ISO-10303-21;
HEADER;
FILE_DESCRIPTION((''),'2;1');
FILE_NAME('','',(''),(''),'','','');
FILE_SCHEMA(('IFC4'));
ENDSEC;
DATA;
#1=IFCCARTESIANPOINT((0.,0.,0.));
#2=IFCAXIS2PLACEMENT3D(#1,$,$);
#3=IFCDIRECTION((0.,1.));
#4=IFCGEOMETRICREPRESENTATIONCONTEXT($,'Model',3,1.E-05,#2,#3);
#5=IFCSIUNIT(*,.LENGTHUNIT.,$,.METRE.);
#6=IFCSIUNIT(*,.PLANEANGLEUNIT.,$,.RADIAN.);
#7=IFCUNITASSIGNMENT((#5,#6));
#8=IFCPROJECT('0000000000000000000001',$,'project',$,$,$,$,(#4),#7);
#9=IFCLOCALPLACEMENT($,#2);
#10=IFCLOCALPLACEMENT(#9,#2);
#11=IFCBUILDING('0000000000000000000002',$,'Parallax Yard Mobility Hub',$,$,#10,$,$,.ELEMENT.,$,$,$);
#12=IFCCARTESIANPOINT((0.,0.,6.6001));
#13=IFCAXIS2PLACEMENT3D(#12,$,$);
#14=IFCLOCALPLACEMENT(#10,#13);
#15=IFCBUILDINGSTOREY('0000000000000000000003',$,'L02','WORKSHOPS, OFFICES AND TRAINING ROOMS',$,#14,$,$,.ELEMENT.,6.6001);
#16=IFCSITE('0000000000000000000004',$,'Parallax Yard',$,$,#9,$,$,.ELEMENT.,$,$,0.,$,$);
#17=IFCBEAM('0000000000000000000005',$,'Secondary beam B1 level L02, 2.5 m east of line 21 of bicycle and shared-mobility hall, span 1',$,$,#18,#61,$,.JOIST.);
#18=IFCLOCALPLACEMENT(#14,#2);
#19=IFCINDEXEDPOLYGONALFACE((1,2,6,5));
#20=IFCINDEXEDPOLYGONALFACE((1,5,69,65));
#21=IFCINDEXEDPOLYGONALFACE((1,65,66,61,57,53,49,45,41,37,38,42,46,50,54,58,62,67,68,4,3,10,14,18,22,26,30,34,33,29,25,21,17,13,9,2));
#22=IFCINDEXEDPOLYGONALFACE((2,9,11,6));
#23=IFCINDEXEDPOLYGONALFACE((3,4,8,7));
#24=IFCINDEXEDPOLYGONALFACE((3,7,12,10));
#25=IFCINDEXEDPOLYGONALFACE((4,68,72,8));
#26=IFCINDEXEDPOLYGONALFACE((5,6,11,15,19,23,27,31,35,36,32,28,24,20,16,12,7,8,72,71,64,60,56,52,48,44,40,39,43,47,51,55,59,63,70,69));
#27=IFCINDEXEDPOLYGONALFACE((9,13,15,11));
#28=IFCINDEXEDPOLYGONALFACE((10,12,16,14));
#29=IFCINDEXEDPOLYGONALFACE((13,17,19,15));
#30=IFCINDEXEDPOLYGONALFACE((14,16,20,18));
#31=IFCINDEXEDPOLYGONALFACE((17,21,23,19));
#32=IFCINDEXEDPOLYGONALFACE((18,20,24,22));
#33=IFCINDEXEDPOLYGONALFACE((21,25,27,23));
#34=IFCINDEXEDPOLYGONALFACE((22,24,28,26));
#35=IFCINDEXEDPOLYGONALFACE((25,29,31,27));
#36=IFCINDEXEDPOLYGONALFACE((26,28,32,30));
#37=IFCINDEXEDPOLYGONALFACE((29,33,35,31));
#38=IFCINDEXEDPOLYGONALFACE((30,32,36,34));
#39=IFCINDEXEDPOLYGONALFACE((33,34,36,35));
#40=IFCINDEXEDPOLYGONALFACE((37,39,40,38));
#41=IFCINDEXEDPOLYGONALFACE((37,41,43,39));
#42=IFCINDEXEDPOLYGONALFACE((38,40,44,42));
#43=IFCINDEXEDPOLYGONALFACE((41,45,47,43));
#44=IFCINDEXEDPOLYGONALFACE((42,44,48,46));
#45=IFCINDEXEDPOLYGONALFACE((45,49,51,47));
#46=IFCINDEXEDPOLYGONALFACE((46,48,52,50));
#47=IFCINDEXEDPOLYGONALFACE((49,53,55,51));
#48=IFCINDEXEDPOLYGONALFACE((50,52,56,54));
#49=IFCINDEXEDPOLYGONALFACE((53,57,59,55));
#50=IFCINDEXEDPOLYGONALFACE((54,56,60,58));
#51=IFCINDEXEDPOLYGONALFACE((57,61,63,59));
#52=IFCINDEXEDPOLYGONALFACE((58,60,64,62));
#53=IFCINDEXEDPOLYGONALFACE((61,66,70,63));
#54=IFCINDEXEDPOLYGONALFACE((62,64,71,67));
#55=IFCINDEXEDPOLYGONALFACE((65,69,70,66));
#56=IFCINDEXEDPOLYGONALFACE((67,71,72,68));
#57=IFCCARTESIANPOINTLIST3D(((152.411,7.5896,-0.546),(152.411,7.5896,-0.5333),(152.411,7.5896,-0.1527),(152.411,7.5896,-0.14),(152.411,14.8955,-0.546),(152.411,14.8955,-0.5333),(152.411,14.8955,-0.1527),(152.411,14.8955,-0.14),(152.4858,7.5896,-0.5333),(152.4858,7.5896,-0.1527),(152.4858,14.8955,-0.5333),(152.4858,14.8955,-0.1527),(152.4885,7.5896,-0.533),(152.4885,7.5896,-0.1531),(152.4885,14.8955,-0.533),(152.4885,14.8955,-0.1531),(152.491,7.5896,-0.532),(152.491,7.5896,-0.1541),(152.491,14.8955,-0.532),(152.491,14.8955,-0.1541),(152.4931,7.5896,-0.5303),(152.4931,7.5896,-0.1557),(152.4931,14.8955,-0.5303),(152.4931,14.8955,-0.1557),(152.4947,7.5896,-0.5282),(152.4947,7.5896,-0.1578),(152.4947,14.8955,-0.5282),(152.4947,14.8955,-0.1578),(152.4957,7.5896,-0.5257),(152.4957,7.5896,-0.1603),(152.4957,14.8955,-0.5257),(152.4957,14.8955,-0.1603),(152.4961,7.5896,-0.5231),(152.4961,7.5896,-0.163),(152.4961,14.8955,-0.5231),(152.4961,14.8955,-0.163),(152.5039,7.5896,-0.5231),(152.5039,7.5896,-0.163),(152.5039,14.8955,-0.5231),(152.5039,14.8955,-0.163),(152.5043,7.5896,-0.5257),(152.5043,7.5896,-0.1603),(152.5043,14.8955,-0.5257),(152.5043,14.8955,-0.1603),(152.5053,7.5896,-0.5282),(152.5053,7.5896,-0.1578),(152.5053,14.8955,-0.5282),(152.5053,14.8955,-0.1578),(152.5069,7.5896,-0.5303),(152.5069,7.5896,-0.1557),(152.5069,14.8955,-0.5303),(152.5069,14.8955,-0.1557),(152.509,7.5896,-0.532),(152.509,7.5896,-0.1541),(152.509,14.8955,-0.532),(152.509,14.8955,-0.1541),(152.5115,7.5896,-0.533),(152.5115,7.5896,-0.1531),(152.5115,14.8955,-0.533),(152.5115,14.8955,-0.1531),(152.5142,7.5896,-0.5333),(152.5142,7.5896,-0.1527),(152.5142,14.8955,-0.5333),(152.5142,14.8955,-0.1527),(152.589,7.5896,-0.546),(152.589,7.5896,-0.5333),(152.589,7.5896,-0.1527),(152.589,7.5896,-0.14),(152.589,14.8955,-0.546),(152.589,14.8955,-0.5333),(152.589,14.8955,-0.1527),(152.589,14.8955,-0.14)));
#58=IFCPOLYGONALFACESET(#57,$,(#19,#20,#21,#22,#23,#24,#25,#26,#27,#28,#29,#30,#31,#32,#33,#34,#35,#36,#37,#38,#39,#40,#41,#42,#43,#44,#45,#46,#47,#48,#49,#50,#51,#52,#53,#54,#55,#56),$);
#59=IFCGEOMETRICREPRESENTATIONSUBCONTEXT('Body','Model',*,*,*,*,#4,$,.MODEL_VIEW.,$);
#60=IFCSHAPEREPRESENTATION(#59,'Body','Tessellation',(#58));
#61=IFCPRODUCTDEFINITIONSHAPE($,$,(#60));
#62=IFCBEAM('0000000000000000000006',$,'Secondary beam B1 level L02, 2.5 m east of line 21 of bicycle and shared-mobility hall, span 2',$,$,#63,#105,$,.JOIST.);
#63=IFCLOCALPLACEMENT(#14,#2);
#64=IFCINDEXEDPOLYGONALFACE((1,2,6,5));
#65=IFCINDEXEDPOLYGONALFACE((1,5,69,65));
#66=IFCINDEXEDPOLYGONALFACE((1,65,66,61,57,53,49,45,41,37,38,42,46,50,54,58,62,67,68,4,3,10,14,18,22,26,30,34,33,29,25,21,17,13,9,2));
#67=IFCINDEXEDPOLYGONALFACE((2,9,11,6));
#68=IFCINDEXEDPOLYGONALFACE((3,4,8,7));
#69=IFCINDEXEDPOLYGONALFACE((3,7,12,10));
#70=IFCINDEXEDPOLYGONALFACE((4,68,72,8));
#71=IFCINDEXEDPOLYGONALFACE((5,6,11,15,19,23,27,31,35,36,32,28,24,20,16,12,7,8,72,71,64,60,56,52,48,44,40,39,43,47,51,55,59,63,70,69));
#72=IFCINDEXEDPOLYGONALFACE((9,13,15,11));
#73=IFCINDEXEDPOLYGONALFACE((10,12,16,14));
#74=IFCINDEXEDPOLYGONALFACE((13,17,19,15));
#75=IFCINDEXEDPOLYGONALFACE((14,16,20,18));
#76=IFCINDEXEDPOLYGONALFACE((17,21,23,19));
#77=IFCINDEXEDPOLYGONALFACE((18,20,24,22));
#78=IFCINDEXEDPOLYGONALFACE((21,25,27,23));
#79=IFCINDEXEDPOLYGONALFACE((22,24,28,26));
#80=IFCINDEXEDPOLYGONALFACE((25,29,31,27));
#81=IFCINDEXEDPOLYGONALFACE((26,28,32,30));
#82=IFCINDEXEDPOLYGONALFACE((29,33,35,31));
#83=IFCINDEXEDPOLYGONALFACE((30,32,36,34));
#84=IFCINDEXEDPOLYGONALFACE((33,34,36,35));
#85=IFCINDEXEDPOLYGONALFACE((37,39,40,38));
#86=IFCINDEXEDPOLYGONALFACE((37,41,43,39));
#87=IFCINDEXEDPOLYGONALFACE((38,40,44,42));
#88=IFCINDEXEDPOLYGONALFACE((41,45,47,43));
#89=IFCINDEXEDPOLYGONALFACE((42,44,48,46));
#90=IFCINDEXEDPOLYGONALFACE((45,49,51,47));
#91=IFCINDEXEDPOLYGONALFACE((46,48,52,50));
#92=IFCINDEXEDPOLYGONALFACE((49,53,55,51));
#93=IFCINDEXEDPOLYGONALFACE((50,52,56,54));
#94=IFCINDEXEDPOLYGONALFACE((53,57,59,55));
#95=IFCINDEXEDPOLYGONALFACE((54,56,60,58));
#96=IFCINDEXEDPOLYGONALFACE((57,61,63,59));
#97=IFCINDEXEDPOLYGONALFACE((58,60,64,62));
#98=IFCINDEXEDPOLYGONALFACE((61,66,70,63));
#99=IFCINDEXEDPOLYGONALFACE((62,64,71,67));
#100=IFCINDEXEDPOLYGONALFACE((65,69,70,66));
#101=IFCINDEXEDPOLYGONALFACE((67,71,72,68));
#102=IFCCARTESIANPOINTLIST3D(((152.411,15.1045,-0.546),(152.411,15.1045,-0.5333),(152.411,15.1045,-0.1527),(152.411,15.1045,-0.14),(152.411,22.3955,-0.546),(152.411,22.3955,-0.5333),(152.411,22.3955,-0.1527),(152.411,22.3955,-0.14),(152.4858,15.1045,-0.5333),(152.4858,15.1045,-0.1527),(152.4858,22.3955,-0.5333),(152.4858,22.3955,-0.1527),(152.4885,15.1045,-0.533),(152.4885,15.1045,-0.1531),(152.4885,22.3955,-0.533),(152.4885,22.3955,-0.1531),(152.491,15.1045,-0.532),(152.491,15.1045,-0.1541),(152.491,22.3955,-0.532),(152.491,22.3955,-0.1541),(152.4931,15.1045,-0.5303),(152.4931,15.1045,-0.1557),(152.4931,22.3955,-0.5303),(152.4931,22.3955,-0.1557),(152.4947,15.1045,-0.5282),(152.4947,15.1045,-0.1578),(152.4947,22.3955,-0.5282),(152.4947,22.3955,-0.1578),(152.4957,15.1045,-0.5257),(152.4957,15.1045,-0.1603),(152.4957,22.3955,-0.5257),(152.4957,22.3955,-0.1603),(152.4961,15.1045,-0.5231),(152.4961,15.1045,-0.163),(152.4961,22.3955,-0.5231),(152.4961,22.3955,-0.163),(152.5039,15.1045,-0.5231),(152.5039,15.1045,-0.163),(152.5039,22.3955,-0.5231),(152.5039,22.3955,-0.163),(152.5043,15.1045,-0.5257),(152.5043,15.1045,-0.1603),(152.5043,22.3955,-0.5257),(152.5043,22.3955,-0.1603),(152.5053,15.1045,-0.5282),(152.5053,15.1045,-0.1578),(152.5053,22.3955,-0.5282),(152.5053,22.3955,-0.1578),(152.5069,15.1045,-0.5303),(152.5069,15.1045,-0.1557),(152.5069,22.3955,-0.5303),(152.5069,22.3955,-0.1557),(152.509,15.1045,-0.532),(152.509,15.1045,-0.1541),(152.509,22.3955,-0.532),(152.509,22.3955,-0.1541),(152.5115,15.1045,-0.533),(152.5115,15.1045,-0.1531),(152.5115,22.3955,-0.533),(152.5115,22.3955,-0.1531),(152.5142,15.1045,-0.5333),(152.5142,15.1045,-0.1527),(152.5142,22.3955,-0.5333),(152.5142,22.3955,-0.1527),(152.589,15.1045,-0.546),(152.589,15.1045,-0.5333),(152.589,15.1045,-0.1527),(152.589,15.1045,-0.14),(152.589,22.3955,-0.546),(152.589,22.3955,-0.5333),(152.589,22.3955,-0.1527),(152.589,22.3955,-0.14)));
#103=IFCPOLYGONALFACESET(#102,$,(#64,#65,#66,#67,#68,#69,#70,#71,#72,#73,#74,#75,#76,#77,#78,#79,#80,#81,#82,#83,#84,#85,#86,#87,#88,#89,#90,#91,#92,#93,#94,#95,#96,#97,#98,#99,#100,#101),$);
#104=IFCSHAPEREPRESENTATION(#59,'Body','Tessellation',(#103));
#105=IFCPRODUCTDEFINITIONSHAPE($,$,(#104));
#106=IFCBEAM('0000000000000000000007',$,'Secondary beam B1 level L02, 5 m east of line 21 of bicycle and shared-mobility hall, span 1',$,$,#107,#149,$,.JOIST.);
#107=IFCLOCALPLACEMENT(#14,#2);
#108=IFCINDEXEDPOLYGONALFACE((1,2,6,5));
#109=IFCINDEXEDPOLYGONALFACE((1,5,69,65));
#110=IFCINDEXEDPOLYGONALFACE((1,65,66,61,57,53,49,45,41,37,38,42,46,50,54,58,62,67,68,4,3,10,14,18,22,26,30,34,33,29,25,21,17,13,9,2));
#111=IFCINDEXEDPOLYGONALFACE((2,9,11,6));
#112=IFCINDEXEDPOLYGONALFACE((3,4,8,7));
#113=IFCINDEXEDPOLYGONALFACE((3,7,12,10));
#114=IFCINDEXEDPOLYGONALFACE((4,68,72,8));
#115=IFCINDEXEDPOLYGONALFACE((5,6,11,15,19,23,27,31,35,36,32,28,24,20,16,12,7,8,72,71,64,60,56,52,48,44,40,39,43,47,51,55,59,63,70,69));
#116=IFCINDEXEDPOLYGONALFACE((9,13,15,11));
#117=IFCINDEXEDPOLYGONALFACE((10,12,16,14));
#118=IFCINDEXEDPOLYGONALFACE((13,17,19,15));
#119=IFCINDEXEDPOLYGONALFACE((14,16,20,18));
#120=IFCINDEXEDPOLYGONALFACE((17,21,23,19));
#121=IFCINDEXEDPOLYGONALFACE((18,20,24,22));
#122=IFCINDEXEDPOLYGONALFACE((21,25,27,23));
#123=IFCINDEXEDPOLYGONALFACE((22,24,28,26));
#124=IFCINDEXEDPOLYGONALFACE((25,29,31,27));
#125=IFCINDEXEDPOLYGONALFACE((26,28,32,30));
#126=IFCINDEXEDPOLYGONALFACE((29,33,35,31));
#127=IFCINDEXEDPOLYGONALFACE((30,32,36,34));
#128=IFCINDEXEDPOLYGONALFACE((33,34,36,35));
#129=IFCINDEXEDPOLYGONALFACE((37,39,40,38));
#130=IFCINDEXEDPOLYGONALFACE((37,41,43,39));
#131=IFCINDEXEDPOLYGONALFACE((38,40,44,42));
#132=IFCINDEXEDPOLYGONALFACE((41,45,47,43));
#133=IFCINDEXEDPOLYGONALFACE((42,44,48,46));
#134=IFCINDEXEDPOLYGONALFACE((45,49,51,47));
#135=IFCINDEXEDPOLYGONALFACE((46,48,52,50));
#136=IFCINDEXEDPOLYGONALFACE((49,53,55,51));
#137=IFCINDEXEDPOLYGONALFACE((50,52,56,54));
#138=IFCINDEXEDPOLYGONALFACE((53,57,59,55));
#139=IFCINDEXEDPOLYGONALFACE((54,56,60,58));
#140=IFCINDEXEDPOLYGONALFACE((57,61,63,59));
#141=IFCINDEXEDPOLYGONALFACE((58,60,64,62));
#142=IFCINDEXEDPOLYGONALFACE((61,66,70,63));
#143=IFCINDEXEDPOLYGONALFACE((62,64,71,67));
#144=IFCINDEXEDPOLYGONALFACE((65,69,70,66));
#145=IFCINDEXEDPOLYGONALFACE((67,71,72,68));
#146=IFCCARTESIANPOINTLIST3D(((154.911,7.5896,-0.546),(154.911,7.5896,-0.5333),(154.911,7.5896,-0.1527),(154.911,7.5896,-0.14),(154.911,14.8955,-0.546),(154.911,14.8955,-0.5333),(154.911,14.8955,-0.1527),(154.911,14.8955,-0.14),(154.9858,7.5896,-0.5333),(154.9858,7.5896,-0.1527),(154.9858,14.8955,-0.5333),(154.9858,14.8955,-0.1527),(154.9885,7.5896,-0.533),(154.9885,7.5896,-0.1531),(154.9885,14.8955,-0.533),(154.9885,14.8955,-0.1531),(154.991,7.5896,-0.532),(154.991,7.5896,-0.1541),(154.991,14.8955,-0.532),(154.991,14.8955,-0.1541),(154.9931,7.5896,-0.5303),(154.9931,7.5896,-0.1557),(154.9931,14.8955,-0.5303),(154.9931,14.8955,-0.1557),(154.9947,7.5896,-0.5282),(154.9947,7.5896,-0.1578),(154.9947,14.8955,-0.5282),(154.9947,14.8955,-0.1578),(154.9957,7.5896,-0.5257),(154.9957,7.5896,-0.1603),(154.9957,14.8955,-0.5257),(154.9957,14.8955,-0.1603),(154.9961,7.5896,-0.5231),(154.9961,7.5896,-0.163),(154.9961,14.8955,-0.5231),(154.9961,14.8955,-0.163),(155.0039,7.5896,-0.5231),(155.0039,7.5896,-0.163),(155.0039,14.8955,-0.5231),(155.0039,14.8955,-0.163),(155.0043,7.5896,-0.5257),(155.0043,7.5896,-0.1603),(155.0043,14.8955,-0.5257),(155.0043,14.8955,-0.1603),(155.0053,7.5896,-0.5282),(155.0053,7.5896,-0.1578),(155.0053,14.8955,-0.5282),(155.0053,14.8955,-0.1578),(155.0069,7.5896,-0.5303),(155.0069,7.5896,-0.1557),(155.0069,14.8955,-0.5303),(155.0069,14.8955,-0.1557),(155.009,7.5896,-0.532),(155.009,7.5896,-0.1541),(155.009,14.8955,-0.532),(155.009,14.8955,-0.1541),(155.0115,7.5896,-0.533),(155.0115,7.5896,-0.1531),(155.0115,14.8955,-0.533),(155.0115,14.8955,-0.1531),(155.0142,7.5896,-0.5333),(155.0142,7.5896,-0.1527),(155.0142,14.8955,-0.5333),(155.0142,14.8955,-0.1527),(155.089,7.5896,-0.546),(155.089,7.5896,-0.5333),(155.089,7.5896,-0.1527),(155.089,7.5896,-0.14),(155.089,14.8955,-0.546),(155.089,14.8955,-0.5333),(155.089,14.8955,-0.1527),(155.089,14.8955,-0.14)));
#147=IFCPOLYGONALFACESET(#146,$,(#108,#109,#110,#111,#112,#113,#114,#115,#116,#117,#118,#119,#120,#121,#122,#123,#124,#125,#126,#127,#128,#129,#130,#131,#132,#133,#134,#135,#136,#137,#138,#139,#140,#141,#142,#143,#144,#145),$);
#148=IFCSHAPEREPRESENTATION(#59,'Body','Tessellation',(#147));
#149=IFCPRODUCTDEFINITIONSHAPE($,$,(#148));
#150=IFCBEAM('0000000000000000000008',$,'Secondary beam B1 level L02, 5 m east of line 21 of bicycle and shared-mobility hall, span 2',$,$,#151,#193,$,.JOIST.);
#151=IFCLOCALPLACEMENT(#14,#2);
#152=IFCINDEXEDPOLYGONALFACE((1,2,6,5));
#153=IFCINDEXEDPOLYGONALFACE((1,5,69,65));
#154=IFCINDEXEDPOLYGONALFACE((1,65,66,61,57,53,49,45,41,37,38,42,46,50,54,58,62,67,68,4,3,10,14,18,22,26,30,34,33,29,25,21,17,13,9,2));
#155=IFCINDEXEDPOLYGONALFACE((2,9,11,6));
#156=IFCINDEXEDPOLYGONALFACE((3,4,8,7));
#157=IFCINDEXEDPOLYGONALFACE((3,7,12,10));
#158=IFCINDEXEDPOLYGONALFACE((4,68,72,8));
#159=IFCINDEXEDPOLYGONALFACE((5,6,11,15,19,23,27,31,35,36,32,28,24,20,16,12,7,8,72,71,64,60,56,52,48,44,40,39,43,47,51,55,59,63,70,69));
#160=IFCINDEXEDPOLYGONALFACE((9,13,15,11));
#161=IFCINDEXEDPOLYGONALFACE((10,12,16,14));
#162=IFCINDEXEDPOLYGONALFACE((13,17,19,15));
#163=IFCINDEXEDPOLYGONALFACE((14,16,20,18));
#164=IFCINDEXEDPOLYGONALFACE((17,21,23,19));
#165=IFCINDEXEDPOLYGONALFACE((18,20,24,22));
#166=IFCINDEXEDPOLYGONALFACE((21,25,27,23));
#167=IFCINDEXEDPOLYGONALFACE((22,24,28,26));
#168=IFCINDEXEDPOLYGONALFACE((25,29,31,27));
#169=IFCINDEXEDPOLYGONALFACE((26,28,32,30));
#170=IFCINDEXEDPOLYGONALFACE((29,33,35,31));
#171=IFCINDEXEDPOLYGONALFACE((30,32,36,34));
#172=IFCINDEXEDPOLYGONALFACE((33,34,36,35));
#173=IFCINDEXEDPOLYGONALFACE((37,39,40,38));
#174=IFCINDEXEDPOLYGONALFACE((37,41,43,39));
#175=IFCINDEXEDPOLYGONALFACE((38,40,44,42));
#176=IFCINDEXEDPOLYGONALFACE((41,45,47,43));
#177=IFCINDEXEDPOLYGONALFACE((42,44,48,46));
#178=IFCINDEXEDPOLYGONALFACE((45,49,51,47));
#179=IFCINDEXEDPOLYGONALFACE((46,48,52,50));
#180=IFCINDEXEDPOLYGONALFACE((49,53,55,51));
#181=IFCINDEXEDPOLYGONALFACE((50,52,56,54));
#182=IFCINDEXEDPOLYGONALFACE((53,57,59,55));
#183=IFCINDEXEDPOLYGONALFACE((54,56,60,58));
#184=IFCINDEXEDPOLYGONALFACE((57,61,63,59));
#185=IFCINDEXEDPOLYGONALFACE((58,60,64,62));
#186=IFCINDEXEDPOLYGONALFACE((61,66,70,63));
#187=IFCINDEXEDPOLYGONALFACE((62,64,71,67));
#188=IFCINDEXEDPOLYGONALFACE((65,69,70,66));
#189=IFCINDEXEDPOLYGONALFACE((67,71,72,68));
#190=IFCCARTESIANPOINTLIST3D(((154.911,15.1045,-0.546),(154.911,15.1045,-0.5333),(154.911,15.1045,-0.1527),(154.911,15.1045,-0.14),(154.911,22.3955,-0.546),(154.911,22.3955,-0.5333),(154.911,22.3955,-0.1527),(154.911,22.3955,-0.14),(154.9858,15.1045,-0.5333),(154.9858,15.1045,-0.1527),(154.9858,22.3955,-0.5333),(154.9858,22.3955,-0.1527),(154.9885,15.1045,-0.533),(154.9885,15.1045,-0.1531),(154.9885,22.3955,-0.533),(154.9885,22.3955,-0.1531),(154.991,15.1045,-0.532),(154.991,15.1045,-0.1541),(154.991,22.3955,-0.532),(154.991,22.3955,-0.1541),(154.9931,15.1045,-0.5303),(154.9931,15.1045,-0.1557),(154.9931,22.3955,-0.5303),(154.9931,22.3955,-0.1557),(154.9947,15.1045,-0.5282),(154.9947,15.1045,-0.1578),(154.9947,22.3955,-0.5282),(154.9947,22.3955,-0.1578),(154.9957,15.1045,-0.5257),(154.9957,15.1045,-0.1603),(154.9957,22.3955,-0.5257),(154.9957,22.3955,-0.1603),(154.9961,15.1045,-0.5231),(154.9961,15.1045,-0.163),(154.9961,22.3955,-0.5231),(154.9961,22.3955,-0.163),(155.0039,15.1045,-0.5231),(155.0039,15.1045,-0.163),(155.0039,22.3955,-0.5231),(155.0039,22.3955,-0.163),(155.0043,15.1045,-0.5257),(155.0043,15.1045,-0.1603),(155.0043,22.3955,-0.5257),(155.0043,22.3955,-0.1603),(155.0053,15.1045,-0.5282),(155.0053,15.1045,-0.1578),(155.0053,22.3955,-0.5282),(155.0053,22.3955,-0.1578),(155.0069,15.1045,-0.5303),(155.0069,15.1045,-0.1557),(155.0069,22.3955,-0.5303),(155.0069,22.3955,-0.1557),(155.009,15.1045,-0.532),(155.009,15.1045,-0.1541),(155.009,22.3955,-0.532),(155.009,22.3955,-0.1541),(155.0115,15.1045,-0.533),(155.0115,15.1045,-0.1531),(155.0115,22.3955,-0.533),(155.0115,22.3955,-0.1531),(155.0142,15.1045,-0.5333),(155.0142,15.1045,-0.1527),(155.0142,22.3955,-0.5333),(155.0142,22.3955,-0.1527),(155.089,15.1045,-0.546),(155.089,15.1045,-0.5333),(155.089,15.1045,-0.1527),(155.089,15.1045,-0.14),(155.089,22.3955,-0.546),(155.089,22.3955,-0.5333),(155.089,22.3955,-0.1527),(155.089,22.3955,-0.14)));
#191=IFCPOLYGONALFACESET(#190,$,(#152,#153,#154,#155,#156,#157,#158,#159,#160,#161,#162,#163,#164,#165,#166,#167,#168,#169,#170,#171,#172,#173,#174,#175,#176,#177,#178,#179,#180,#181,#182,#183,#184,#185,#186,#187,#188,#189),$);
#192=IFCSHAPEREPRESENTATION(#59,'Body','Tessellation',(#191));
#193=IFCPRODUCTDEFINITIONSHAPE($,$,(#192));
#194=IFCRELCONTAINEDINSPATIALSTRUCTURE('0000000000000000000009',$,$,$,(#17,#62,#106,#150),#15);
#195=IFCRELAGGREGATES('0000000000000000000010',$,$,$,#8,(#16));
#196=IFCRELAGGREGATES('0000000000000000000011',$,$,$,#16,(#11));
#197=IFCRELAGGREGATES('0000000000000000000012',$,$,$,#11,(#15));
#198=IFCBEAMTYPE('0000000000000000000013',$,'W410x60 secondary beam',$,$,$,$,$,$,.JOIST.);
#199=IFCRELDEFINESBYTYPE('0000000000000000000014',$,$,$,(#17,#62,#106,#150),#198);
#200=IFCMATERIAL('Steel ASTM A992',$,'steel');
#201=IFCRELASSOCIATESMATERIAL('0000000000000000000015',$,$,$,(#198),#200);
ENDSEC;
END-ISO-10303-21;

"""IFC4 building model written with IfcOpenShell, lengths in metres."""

from ifc_helpers import new_model, si_unit, direction, frame, origin, origin_2d, place, context, subcontext, project, spatial, i_section, extrude, material, material_profile, profile_set, type_object, element, save


model = new_model("IFC4")

# Units and contexts
model_context = context("Model", 3, precision=1e-05, world=origin(), true_north=direction((0.0, 1.0)))
body_context = subcontext(model_context, "Body", "Model", "MODEL_VIEW")
ifc_project = project(units=[si_unit("LENGTHUNIT", "METRE"), si_unit("PLANEANGLEUNIT", "RADIAN")], contexts=[model_context])

# Site, building, storey
site_placement = place(None, origin())
site = spatial("IfcSite", under=ifc_project, at=site_placement, Name="Parallax Yard", CompositionType="ELEMENT", RefElevation=0.0)
building_placement = place(site_placement, origin())
building = spatial("IfcBuilding", under=site, at=building_placement, Name="Parallax Yard Mobility Hub", CompositionType="ELEMENT")
storey_placement = place(building_placement, frame((0.0, 0.0, 6.6001)))
storey = spatial("IfcBuildingStorey", under=building, at=storey_placement, Name="L02", Description="WORKSHOPS, OFFICES AND TRAINING ROOMS", CompositionType="ELEMENT", Elevation=6.6001)

# Shared definitions
ifc_material_1 = material(Name="Steel ASTM A992", Category="steel")

# Beams
ifc_material_profile_1 = material_profile(ifc_material_1, i_section(OverallWidth=0.178, OverallDepth=0.406, WebThickness=0.0078, FlangeThickness=0.0127, FilletRadius=0.0103, at=origin_2d()), Name="W410x60")
ifc_profile_set_1 = profile_set([ifc_material_profile_1], Name="Steel ASTM A992")
beam_type_1 = type_object("IfcBeamType", Name="W410x60 secondary beam", PredefinedType="JOIST", material=ifc_profile_set_1)
beam_1_placement = place(storey_placement, frame((152.5, 7.5896, -0.343), z_axis=(0.0, 1.0, 0.0), x_axis=(-1.0, 0.0, 0.0)))
element("IfcBeam", 1, at=beam_1_placement, inside=storey, type_object=beam_type_1, Name="Secondary beam B1 level L02, 2.5 m east of line 21 of bicycle and shared-mobility hall, span 1", PredefinedType="JOIST", context=body_context, shape_type="SweptSolid", body=[
    extrude(i_section(OverallWidth=0.178, OverallDepth=0.406, WebThickness=0.0078, FlangeThickness=0.0127, FilletRadius=0.0103, at=origin_2d()), origin(), (0.0, 0.0, 1.0), 7.3059),
])
beam_2_placement = place(storey_placement, frame((152.5, 15.1045, -0.343), z_axis=(0.0, 1.0, 0.0), x_axis=(-1.0, 0.0, 0.0)))
element("IfcBeam", 2, at=beam_2_placement, inside=storey, type_object=beam_type_1, Name="Secondary beam B1 level L02, 2.5 m east of line 21 of bicycle and shared-mobility hall, span 2", PredefinedType="JOIST", context=body_context, shape_type="SweptSolid", body=[
    extrude(i_section(OverallWidth=0.178, OverallDepth=0.406, WebThickness=0.0078, FlangeThickness=0.0127, FilletRadius=0.0103, at=origin_2d()), origin(), (0.0, 0.0, 1.0), 7.291),
])
beam_3_placement = place(storey_placement, frame((155.0, 7.5896, -0.343), z_axis=(0.0, 1.0, 0.0), x_axis=(-1.0, 0.0, 0.0)))
element("IfcBeam", 3, at=beam_3_placement, inside=storey, type_object=beam_type_1, Name="Secondary beam B1 level L02, 5 m east of line 21 of bicycle and shared-mobility hall, span 1", PredefinedType="JOIST", context=body_context, shape_type="SweptSolid", body=[
    extrude(i_section(OverallWidth=0.178, OverallDepth=0.406, WebThickness=0.0078, FlangeThickness=0.0127, FilletRadius=0.0103, at=origin_2d()), origin(), (0.0, 0.0, 1.0), 7.3059),
])
beam_4_placement = place(storey_placement, frame((155.0, 15.1045, -0.343), z_axis=(0.0, 1.0, 0.0), x_axis=(-1.0, 0.0, 0.0)))
element("IfcBeam", 4, at=beam_4_placement, inside=storey, type_object=beam_type_1, Name="Secondary beam B1 level L02, 5 m east of line 21 of bicycle and shared-mobility hall, span 2", PredefinedType="JOIST", context=body_context, shape_type="SweptSolid", body=[
    extrude(i_section(OverallWidth=0.178, OverallDepth=0.406, WebThickness=0.0078, FlangeThickness=0.0127, FilletRadius=0.0103, at=origin_2d()), origin(), (0.0, 0.0, 1.0), 7.291),
])

save(model, "model.ifc")
